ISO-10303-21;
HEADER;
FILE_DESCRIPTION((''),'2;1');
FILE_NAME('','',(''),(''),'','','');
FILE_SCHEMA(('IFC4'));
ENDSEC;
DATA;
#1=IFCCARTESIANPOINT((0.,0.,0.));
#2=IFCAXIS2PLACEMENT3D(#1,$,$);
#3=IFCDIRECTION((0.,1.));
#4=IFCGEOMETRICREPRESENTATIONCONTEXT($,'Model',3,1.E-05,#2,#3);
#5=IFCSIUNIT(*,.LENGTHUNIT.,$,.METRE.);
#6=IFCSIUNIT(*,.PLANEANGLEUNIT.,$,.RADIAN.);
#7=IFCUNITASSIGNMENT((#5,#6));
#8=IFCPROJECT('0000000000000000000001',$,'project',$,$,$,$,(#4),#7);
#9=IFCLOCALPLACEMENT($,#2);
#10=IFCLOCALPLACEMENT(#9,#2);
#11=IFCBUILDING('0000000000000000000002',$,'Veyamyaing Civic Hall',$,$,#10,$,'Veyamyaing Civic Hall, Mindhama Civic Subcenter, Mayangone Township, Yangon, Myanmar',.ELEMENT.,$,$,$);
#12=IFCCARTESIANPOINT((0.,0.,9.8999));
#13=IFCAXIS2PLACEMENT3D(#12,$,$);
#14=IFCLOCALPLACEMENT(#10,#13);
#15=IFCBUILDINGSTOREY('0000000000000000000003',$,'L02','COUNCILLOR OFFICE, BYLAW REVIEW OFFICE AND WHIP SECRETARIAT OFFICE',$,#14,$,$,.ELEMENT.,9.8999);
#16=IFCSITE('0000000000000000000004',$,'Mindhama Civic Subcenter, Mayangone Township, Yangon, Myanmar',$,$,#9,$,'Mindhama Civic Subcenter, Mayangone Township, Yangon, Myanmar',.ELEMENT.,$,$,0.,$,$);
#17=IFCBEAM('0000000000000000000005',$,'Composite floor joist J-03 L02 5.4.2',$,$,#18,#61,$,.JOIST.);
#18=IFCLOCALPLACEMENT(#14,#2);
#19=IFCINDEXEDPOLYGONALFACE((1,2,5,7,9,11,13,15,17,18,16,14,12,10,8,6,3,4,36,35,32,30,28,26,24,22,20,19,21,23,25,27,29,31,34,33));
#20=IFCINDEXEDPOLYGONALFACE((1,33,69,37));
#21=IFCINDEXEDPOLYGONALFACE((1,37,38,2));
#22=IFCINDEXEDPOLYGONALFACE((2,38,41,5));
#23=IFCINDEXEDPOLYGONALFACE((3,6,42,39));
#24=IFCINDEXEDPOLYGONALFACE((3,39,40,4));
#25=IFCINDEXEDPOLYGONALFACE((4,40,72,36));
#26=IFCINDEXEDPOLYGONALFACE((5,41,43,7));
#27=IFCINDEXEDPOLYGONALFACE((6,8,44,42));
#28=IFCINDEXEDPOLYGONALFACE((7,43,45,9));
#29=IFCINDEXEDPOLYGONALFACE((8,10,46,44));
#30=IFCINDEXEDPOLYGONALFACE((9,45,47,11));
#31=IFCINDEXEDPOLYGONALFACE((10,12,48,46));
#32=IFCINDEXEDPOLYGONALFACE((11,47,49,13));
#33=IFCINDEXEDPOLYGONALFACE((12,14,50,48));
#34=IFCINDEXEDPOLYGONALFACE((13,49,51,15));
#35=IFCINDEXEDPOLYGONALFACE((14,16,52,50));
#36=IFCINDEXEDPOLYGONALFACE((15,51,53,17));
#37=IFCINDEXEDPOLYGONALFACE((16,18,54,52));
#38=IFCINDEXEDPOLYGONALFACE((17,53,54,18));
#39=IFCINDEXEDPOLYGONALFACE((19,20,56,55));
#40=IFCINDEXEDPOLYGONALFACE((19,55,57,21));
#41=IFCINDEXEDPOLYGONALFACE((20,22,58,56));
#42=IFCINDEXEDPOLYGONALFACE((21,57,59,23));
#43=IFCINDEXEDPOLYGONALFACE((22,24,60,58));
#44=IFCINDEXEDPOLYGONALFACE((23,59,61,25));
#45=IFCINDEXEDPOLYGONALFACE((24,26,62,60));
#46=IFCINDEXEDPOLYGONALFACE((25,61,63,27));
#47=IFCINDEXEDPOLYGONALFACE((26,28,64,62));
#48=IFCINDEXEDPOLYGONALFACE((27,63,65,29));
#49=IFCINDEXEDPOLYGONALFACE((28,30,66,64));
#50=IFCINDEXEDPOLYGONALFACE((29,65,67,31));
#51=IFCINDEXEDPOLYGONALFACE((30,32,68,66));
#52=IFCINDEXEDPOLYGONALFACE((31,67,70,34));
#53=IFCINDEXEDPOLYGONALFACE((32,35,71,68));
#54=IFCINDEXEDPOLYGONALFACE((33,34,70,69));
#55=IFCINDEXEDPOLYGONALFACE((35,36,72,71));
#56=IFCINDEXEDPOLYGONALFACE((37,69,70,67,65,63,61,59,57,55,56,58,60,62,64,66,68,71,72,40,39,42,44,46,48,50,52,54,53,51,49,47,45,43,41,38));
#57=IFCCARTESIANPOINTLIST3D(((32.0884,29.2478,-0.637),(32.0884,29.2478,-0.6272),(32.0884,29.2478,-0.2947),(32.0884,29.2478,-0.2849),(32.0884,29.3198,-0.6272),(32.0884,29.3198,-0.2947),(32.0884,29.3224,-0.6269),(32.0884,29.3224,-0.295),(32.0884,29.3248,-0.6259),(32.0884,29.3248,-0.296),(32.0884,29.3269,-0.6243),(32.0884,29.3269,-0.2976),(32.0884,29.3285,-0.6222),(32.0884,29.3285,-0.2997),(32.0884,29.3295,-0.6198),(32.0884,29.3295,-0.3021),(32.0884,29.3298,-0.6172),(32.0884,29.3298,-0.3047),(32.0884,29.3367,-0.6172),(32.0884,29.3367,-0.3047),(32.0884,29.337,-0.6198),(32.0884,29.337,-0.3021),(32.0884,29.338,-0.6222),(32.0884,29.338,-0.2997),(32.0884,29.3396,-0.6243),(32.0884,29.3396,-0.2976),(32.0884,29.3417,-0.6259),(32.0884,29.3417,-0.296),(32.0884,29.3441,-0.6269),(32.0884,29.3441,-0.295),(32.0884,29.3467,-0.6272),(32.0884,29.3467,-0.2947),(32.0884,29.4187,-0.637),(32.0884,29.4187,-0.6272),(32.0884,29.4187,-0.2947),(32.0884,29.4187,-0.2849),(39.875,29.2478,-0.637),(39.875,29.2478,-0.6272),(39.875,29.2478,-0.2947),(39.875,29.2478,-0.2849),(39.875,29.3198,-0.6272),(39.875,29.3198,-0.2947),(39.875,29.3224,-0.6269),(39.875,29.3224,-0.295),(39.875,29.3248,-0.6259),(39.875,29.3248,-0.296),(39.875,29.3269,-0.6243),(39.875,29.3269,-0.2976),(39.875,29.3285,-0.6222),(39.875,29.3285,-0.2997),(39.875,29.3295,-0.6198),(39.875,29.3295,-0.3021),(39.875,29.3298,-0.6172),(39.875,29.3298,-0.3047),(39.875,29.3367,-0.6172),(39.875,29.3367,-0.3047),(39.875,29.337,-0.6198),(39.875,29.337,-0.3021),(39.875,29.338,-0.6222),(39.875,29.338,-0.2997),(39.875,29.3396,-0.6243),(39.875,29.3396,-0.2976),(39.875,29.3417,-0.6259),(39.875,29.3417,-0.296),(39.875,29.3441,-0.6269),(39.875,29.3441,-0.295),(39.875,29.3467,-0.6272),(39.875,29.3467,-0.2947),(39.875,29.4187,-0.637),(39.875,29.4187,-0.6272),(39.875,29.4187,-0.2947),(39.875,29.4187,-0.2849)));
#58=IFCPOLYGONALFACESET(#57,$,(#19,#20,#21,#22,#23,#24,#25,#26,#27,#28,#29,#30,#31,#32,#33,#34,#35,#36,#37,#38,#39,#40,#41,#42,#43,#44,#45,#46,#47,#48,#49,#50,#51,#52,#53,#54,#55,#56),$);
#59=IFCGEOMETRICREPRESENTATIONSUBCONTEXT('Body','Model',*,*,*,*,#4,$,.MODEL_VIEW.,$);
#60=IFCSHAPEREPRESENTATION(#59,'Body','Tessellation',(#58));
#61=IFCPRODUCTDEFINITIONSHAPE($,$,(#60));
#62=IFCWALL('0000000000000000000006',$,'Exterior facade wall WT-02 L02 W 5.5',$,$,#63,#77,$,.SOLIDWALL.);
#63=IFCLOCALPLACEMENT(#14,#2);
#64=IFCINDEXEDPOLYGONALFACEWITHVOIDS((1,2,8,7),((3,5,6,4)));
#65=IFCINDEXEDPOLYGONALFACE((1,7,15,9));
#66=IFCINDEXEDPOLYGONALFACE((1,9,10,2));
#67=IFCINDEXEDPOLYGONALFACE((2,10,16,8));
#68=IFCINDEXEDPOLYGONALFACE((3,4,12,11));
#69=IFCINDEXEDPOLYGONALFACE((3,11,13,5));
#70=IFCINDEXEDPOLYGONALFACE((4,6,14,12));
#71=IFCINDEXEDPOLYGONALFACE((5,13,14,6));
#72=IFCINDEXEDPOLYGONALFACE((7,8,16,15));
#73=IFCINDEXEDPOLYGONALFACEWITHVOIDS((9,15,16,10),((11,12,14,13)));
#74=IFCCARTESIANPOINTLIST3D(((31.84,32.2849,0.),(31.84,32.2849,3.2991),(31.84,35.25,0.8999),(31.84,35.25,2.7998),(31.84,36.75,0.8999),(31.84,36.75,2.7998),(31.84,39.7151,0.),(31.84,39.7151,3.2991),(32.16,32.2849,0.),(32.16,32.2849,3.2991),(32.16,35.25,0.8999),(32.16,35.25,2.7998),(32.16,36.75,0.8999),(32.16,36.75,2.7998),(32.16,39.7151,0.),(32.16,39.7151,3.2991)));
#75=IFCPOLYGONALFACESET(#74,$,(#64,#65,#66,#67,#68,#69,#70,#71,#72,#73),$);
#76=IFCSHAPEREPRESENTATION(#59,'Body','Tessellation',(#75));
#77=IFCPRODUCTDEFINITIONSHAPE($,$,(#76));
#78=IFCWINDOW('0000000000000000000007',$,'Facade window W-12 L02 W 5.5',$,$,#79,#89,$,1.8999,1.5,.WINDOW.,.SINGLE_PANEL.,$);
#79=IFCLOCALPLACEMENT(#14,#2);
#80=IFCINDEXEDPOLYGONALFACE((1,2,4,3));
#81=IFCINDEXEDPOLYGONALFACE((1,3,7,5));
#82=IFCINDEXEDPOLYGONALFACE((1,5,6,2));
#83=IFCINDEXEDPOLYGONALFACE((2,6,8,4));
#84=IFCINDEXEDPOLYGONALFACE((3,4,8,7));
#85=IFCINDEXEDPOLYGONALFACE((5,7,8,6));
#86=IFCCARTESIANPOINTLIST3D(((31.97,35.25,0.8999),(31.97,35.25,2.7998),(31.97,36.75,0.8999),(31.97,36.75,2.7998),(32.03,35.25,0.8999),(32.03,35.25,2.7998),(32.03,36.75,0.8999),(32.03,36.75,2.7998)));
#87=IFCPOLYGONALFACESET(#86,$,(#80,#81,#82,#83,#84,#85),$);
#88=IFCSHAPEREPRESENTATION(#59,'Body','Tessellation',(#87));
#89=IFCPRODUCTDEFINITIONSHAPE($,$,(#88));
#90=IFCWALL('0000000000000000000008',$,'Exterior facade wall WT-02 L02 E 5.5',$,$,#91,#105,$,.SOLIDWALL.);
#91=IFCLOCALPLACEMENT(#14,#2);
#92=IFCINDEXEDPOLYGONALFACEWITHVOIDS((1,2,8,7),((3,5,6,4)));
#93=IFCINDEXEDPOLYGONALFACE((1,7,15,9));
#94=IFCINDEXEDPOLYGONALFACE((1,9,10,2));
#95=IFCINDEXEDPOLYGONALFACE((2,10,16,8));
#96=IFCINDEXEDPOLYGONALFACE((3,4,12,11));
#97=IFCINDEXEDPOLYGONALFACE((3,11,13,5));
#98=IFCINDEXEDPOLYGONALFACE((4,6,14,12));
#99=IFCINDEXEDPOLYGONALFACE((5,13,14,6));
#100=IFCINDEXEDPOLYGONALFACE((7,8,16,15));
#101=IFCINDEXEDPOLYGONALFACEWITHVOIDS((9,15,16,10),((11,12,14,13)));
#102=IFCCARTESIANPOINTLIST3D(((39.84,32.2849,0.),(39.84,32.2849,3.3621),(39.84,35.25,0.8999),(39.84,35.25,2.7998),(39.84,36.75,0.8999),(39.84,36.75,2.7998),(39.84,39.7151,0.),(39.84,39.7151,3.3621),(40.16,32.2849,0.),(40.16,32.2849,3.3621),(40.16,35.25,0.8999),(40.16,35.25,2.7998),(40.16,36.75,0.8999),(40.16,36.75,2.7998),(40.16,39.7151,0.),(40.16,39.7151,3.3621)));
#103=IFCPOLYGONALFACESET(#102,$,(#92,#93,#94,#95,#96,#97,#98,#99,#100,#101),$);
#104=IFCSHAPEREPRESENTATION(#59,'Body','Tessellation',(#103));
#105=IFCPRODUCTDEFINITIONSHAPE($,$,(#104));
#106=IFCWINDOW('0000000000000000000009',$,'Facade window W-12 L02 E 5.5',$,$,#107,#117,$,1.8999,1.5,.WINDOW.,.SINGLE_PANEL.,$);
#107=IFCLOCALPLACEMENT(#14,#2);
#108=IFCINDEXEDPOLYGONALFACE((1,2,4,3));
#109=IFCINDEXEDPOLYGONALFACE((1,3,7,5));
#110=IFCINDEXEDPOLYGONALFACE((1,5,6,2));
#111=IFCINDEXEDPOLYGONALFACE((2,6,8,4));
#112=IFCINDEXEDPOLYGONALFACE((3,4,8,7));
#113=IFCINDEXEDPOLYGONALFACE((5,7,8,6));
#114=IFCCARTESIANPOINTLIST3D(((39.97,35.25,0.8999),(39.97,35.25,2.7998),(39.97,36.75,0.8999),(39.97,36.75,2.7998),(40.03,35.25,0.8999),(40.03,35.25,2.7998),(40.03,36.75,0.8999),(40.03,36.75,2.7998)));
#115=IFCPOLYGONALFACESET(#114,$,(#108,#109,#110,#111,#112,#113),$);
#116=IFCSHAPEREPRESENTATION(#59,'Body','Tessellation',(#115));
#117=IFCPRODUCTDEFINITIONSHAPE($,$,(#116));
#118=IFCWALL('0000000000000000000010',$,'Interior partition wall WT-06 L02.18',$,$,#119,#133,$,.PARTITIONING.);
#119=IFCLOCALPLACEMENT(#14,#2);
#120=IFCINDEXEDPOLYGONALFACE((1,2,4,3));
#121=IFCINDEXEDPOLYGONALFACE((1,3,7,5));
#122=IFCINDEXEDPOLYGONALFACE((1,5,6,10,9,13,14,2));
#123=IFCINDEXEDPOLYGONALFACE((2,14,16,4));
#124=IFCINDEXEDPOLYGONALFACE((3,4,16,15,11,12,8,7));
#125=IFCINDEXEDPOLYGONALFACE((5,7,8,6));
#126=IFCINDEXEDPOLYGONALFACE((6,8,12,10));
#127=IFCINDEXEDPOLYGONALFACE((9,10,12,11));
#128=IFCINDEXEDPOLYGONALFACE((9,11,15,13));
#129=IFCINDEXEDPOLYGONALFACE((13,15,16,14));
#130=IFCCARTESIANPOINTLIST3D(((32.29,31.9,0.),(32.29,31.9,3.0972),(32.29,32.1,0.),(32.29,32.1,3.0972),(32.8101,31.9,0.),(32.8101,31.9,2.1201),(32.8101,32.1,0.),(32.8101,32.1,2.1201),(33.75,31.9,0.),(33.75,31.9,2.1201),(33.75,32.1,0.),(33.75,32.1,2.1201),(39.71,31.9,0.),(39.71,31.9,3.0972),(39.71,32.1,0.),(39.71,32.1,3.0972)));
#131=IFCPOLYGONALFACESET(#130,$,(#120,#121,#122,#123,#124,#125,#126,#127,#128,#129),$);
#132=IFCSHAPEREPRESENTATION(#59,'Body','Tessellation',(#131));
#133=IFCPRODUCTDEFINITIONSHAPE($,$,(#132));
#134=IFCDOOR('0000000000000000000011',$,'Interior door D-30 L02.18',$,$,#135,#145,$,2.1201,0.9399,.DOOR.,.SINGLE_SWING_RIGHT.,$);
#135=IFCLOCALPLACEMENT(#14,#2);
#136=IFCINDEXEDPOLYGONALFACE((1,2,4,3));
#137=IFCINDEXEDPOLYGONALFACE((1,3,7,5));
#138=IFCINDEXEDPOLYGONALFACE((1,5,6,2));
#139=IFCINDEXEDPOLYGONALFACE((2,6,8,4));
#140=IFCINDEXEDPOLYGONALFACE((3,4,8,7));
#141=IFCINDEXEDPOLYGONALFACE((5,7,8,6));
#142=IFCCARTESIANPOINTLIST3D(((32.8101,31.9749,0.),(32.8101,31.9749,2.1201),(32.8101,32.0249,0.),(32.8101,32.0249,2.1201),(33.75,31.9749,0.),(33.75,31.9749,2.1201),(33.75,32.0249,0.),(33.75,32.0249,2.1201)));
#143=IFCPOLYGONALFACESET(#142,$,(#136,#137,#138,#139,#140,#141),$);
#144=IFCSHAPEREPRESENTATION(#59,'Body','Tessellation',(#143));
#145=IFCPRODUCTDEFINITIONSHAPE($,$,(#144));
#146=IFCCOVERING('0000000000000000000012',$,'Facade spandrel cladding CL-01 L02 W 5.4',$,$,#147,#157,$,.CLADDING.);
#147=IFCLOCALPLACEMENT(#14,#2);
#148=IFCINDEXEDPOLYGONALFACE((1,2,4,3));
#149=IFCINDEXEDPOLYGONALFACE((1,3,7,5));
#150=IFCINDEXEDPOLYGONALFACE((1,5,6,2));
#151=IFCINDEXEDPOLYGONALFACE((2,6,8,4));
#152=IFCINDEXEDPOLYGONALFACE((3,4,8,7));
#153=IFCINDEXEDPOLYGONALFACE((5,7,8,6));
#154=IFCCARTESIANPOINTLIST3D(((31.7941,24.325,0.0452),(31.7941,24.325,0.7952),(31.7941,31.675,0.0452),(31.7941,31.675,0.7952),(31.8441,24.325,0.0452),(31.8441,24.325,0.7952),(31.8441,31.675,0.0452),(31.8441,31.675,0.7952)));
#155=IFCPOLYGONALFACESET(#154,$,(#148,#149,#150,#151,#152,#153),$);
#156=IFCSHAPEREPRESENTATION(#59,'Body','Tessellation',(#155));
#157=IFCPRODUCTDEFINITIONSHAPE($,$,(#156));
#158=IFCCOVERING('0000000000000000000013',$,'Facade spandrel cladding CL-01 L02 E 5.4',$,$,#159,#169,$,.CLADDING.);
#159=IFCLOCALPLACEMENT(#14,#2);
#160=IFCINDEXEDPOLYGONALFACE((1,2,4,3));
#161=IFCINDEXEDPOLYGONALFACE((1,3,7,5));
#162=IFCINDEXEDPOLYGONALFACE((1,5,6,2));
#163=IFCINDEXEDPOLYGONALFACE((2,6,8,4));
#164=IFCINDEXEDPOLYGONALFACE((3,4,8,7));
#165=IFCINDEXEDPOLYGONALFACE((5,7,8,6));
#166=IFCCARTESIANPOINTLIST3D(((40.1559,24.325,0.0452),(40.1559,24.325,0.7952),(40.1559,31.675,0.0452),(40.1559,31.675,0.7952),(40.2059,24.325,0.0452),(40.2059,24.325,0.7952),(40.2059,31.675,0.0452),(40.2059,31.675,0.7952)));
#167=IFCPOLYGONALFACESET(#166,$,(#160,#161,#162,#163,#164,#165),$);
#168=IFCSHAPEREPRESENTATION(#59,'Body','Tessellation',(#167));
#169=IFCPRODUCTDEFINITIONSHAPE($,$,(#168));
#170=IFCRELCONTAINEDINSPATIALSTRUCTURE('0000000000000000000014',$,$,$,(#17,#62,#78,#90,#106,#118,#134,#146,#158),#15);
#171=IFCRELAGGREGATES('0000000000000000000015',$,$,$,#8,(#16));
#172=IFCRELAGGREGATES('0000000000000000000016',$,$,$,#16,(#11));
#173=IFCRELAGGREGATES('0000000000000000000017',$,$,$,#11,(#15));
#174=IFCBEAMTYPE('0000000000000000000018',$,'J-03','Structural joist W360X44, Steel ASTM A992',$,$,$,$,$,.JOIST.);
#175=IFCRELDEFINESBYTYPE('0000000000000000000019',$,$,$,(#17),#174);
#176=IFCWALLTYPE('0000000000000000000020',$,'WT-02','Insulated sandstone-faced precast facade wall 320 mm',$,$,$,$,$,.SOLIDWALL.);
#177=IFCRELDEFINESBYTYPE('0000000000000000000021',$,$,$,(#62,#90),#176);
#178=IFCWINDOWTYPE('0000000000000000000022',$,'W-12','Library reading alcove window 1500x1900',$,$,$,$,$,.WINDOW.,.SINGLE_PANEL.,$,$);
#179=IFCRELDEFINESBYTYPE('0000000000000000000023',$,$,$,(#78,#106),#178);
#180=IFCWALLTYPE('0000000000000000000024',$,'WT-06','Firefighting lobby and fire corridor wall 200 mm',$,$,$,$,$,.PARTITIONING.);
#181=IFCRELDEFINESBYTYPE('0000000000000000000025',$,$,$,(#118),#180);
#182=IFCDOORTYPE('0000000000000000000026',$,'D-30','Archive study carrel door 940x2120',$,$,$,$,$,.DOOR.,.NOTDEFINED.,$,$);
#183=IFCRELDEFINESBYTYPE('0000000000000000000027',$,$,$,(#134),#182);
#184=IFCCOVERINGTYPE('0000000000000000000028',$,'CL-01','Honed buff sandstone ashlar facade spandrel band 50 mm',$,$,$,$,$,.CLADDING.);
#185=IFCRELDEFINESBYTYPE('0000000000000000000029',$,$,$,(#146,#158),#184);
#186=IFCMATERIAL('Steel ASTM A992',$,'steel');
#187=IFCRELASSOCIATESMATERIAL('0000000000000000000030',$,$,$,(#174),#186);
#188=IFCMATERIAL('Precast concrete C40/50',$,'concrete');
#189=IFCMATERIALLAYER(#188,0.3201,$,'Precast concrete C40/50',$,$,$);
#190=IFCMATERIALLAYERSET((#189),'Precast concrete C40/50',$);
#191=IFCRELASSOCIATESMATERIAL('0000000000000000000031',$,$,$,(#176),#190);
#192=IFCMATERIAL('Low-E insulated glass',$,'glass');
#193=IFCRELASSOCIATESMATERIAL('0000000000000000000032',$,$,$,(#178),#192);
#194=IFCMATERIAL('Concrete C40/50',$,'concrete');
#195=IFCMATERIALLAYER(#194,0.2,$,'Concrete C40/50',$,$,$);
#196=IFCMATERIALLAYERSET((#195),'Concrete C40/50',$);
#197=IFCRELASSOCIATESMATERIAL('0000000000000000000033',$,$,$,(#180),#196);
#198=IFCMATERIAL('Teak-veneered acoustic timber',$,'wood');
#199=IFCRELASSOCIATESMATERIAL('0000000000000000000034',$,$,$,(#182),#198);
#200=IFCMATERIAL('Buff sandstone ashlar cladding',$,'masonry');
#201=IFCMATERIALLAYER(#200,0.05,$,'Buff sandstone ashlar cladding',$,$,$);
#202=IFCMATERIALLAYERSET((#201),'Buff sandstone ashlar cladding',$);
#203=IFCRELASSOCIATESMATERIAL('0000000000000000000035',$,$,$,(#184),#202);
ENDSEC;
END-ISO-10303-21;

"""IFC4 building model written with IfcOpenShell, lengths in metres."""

from ifc_helpers import new_model, si_unit, direction, frame, frame_2d, origin, origin_2d, place, context, subcontext, project, spatial, rectangle, i_section, extrude, material, layer, layer_set, material_profile, profile_set, type_object, element, fill, save


model = new_model("IFC4")

# Units and contexts
model_context = context("Model", 3, precision=1e-05, world=origin(), true_north=direction((0.0, 1.0)))
body_context = subcontext(model_context, "Body", "Model", "MODEL_VIEW")
ifc_project = project(units=[si_unit("LENGTHUNIT", "METRE"), si_unit("PLANEANGLEUNIT", "RADIAN")], contexts=[model_context])

# Site, building, storey
site_placement = place(None, origin())
site = spatial("IfcSite", under=ifc_project, at=site_placement, Name="Mindhama Civic Subcenter, Mayangone Township, Yangon, Myanmar", LongName="Mindhama Civic Subcenter, Mayangone Township, Yangon, Myanmar", CompositionType="ELEMENT", RefElevation=0.0)
building_placement = place(site_placement, origin())
building = spatial("IfcBuilding", under=site, at=building_placement, Name="Veyamyaing Civic Hall", LongName="Veyamyaing Civic Hall, Mindhama Civic Subcenter, Mayangone Township, Yangon, Myanmar", CompositionType="ELEMENT")
storey_placement = place(building_placement, frame((0.0, 0.0, 9.8999)))
storey = spatial("IfcBuildingStorey", under=building, at=storey_placement, Name="L02", Description="COUNCILLOR OFFICE, BYLAW REVIEW OFFICE AND WHIP SECRETARIAT OFFICE", CompositionType="ELEMENT", Elevation=9.8999)

# Beam
ifc_material_1 = material(Name="Steel ASTM A992", Category="steel")
ifc_material_profile_1 = material_profile(ifc_material_1, i_section(OverallWidth=0.1709, OverallDepth=0.3521, WebThickness=0.0068, FlangeThickness=0.0098, FilletRadius=0.01, at=origin_2d()), Name="W360X44")
ifc_profile_set_1 = profile_set([ifc_material_profile_1], Name="Steel ASTM A992")
beam_type_1 = type_object("IfcBeamType", Name="J-03", Description="Structural joist W360X44, Steel ASTM A992", PredefinedType="JOIST", material=ifc_profile_set_1)
for number, where, z_axis, x_axis, name in (
    (1, (32.0884, 29.3333, -0.4609), (1.0, 0.0, 0.0), (0.0, 1.0, 0.0), "Composite floor joist J-03 L02 5.4.2"),
):
    element("IfcBeam", number, at=place(storey_placement, frame(where, z_axis=z_axis, x_axis=x_axis)), inside=storey, type_object=beam_type_1, Name=name, PredefinedType="JOIST", context=body_context, shape_type="SweptSolid", body=[
        extrude(i_section(OverallWidth=0.1709, OverallDepth=0.3521, WebThickness=0.0068, FlangeThickness=0.0098, FilletRadius=0.01, at=origin_2d()), origin(), (0.0, 0.0, 1.0), 7.7866),
    ])

# Walls, openings, windows
ifc_material_2 = material(Name="Precast concrete C40/50", Category="concrete")
ifc_layer_1 = layer(ifc_material_2, 0.3201, Name="Precast concrete C40/50")
ifc_layer_set_1 = layer_set([ifc_layer_1], Name="Precast concrete C40/50")
wall_type_1 = type_object("IfcWallType", Name="WT-02", Description="Insulated sandstone-faced precast facade wall 320 mm", PredefinedType="SOLIDWALL", material=ifc_layer_set_1)
wall_1_placement = place(storey_placement, frame((32.0, 32.2849, 0.0), z_axis=(0.0, 0.0, 1.0), x_axis=(0.0, 1.0, 0.0)))
wall_1 = element("IfcWall", 2, at=wall_1_placement, inside=storey, type_object=wall_type_1, Name="Exterior facade wall WT-02 L02 W 5.5", PredefinedType="SOLIDWALL", context=body_context, shape_type="SweptSolid", body=[
    extrude(rectangle(XDim=7.4302, YDim=0.3201, at=frame_2d((3.7151, 0.0))), origin(), (0.0, 0.0, 1.0), 3.2991),
])
opening_1_placement = place(wall_1_placement, frame((2.9651, 0.0, 0.8999)))
opening_1 = element("IfcOpeningElement", 3, at=opening_1_placement, cuts=wall_1, PredefinedType="OPENING", context=body_context, shape_type="SweptSolid", body=[
    extrude(rectangle(XDim=1.5, YDim=1.8999, at=frame_2d((0.75, 0.95))), frame((0.0, 0.1699, 0.0), z_axis=(0.0, -1.0, 0.0), x_axis=(1.0, 0.0, 0.0)), (0.0, 0.0, 1.0), 0.3401),
])
ifc_material_3 = material(Name="Low-E insulated glass", Category="glass")
window_type = type_object("IfcWindowType", Name="W-12", Description="Library reading alcove window 1500x1900", PartitioningType="SINGLE_PANEL", PredefinedType="WINDOW", material=ifc_material_3)
window_1_placement = place(opening_1_placement, origin())
window_1 = element("IfcWindow", 4, at=window_1_placement, inside=storey, type_object=window_type, Name="Facade window W-12 L02 W 5.5", OverallHeight=1.8999, OverallWidth=1.5, PartitioningType="SINGLE_PANEL", PredefinedType="WINDOW", context=body_context, shape_type="SweptSolid", body=[
    extrude(rectangle(XDim=1.5, YDim=1.8999, at=frame_2d((0.75, 0.95))), frame((0.0, 0.03, 0.0), z_axis=(0.0, -1.0, 0.0), x_axis=(1.0, 0.0, 0.0)), (0.0, 0.0, 1.0), 0.0601),
])
fill(opening_1, window_1)
wall_2_placement = place(storey_placement, frame((40.0, 32.2849, 0.0), z_axis=(0.0, 0.0, 1.0), x_axis=(0.0, 1.0, 0.0)))
wall_2 = element("IfcWall", 5, at=wall_2_placement, inside=storey, type_object=wall_type_1, Name="Exterior facade wall WT-02 L02 E 5.5", PredefinedType="SOLIDWALL", context=body_context, shape_type="SweptSolid", body=[
    extrude(rectangle(XDim=7.4302, YDim=0.3201, at=frame_2d((3.7151, 0.0))), origin(), (0.0, 0.0, 1.0), 3.3621),
])
opening_2_placement = place(wall_2_placement, frame((2.9651, 0.0, 0.8999)))
opening_2 = element("IfcOpeningElement", 6, at=opening_2_placement, cuts=wall_2, PredefinedType="OPENING", context=body_context, shape_type="SweptSolid", body=[
    extrude(rectangle(XDim=1.5, YDim=1.8999, at=frame_2d((0.75, 0.95))), frame((0.0, 0.1699, 0.0), z_axis=(0.0, -1.0, 0.0), x_axis=(1.0, 0.0, 0.0)), (0.0, 0.0, 1.0), 0.3401),
])
window_2_placement = place(opening_2_placement, origin())
window_2 = element("IfcWindow", 7, at=window_2_placement, inside=storey, type_object=window_type, Name="Facade window W-12 L02 E 5.5", OverallHeight=1.8999, OverallWidth=1.5, PartitioningType="SINGLE_PANEL", PredefinedType="WINDOW", context=body_context, shape_type="SweptSolid", body=[
    extrude(rectangle(XDim=1.5, YDim=1.8999, at=frame_2d((0.75, 0.95))), frame((0.0, 0.03, 0.0), z_axis=(0.0, -1.0, 0.0), x_axis=(1.0, 0.0, 0.0)), (0.0, 0.0, 1.0), 0.0601),
])
fill(opening_2, window_2)

# Wall, opening, door
ifc_material_4 = material(Name="Concrete C40/50", Category="concrete")
ifc_layer_2 = layer(ifc_material_4, 0.2, Name="Concrete C40/50")
ifc_layer_set_2 = layer_set([ifc_layer_2], Name="Concrete C40/50")
wall_type_2 = type_object("IfcWallType", Name="WT-06", Description="Firefighting lobby and fire corridor wall 200 mm", PredefinedType="PARTITIONING", material=ifc_layer_set_2)
wall_3_placement = place(storey_placement, frame((32.29, 32.0, 0.0), z_axis=(0.0, 0.0, 1.0), x_axis=(1.0, 0.0, 0.0)))
wall_3 = element("IfcWall", 8, at=wall_3_placement, inside=storey, type_object=wall_type_2, Name="Interior partition wall WT-06 L02.18", PredefinedType="PARTITIONING", context=body_context, shape_type="SweptSolid", body=[
    extrude(rectangle(XDim=7.4199, YDim=0.2, at=frame_2d((3.71, 0.0))), origin(), (0.0, 0.0, 1.0), 3.0972),
])
opening_3_placement = place(wall_3_placement, frame((0.52, 0.0, 0.0)))
opening_3 = element("IfcOpeningElement", 9, at=opening_3_placement, cuts=wall_3, PredefinedType="OPENING", context=body_context, shape_type="SweptSolid", body=[
    extrude(rectangle(XDim=0.9399, YDim=2.1201, at=frame_2d((0.47, 1.0601))), frame((0.0, 0.1099, 0.0), z_axis=(0.0, -1.0, 0.0), x_axis=(1.0, 0.0, 0.0)), (0.0, 0.0, 1.0), 0.22),
])
ifc_material_5 = material(Name="Teak-veneered acoustic timber", Category="wood")
door_type = type_object("IfcDoorType", Name="D-30", Description="Archive study carrel door 940x2120", OperationType="NOTDEFINED", PredefinedType="DOOR", material=ifc_material_5)
door_placement = place(opening_3_placement, origin())
door = element("IfcDoor", 10, at=door_placement, inside=storey, type_object=door_type, Name="Interior door D-30 L02.18", OperationType="SINGLE_SWING_RIGHT", OverallHeight=2.1201, OverallWidth=0.9399, PredefinedType="DOOR", context=body_context, shape_type="SweptSolid", body=[
    extrude(rectangle(XDim=0.9399, YDim=2.1201, at=frame_2d((0.47, 1.0601))), frame((0.0, 0.0249, 0.0), z_axis=(0.0, -1.0, 0.0), x_axis=(1.0, 0.0, 0.0)), (0.0, 0.0, 1.0), 0.05),
])
fill(opening_3, door)

# Coverings
ifc_material_6 = material(Name="Buff sandstone ashlar cladding", Category="masonry")
ifc_layer_3 = layer(ifc_material_6, 0.05, Name="Buff sandstone ashlar cladding")
ifc_layer_set_3 = layer_set([ifc_layer_3], Name="Buff sandstone ashlar cladding")
covering_type_1 = type_object("IfcCoveringType", Name="CL-01", Description="Honed buff sandstone ashlar facade spandrel band 50 mm", PredefinedType="CLADDING", material=ifc_layer_set_3)
for number, where, z_axis, x_axis, name in (
    (11, (31.8191, 28.0, 0.0452), (0.0, 0.0, 1.0), (0.0, 1.0, 0.0), "Facade spandrel cladding CL-01 L02 W 5.4"),
    (12, (40.1809, 28.0, 0.0452), (0.0, 0.0, 1.0), (0.0, 1.0, 0.0), "Facade spandrel cladding CL-01 L02 E 5.4"),
):
    element("IfcCovering", number, at=place(storey_placement, frame(where, z_axis=z_axis, x_axis=x_axis)), inside=storey, type_object=covering_type_1, Name=name, PredefinedType="CLADDING", context=body_context, shape_type="SweptSolid", body=[
        extrude(rectangle(XDim=7.3501, YDim=0.05, at=origin_2d()), origin(), (0.0, 0.0, 1.0), 0.75),
    ])

save(model, "model.ifc")
